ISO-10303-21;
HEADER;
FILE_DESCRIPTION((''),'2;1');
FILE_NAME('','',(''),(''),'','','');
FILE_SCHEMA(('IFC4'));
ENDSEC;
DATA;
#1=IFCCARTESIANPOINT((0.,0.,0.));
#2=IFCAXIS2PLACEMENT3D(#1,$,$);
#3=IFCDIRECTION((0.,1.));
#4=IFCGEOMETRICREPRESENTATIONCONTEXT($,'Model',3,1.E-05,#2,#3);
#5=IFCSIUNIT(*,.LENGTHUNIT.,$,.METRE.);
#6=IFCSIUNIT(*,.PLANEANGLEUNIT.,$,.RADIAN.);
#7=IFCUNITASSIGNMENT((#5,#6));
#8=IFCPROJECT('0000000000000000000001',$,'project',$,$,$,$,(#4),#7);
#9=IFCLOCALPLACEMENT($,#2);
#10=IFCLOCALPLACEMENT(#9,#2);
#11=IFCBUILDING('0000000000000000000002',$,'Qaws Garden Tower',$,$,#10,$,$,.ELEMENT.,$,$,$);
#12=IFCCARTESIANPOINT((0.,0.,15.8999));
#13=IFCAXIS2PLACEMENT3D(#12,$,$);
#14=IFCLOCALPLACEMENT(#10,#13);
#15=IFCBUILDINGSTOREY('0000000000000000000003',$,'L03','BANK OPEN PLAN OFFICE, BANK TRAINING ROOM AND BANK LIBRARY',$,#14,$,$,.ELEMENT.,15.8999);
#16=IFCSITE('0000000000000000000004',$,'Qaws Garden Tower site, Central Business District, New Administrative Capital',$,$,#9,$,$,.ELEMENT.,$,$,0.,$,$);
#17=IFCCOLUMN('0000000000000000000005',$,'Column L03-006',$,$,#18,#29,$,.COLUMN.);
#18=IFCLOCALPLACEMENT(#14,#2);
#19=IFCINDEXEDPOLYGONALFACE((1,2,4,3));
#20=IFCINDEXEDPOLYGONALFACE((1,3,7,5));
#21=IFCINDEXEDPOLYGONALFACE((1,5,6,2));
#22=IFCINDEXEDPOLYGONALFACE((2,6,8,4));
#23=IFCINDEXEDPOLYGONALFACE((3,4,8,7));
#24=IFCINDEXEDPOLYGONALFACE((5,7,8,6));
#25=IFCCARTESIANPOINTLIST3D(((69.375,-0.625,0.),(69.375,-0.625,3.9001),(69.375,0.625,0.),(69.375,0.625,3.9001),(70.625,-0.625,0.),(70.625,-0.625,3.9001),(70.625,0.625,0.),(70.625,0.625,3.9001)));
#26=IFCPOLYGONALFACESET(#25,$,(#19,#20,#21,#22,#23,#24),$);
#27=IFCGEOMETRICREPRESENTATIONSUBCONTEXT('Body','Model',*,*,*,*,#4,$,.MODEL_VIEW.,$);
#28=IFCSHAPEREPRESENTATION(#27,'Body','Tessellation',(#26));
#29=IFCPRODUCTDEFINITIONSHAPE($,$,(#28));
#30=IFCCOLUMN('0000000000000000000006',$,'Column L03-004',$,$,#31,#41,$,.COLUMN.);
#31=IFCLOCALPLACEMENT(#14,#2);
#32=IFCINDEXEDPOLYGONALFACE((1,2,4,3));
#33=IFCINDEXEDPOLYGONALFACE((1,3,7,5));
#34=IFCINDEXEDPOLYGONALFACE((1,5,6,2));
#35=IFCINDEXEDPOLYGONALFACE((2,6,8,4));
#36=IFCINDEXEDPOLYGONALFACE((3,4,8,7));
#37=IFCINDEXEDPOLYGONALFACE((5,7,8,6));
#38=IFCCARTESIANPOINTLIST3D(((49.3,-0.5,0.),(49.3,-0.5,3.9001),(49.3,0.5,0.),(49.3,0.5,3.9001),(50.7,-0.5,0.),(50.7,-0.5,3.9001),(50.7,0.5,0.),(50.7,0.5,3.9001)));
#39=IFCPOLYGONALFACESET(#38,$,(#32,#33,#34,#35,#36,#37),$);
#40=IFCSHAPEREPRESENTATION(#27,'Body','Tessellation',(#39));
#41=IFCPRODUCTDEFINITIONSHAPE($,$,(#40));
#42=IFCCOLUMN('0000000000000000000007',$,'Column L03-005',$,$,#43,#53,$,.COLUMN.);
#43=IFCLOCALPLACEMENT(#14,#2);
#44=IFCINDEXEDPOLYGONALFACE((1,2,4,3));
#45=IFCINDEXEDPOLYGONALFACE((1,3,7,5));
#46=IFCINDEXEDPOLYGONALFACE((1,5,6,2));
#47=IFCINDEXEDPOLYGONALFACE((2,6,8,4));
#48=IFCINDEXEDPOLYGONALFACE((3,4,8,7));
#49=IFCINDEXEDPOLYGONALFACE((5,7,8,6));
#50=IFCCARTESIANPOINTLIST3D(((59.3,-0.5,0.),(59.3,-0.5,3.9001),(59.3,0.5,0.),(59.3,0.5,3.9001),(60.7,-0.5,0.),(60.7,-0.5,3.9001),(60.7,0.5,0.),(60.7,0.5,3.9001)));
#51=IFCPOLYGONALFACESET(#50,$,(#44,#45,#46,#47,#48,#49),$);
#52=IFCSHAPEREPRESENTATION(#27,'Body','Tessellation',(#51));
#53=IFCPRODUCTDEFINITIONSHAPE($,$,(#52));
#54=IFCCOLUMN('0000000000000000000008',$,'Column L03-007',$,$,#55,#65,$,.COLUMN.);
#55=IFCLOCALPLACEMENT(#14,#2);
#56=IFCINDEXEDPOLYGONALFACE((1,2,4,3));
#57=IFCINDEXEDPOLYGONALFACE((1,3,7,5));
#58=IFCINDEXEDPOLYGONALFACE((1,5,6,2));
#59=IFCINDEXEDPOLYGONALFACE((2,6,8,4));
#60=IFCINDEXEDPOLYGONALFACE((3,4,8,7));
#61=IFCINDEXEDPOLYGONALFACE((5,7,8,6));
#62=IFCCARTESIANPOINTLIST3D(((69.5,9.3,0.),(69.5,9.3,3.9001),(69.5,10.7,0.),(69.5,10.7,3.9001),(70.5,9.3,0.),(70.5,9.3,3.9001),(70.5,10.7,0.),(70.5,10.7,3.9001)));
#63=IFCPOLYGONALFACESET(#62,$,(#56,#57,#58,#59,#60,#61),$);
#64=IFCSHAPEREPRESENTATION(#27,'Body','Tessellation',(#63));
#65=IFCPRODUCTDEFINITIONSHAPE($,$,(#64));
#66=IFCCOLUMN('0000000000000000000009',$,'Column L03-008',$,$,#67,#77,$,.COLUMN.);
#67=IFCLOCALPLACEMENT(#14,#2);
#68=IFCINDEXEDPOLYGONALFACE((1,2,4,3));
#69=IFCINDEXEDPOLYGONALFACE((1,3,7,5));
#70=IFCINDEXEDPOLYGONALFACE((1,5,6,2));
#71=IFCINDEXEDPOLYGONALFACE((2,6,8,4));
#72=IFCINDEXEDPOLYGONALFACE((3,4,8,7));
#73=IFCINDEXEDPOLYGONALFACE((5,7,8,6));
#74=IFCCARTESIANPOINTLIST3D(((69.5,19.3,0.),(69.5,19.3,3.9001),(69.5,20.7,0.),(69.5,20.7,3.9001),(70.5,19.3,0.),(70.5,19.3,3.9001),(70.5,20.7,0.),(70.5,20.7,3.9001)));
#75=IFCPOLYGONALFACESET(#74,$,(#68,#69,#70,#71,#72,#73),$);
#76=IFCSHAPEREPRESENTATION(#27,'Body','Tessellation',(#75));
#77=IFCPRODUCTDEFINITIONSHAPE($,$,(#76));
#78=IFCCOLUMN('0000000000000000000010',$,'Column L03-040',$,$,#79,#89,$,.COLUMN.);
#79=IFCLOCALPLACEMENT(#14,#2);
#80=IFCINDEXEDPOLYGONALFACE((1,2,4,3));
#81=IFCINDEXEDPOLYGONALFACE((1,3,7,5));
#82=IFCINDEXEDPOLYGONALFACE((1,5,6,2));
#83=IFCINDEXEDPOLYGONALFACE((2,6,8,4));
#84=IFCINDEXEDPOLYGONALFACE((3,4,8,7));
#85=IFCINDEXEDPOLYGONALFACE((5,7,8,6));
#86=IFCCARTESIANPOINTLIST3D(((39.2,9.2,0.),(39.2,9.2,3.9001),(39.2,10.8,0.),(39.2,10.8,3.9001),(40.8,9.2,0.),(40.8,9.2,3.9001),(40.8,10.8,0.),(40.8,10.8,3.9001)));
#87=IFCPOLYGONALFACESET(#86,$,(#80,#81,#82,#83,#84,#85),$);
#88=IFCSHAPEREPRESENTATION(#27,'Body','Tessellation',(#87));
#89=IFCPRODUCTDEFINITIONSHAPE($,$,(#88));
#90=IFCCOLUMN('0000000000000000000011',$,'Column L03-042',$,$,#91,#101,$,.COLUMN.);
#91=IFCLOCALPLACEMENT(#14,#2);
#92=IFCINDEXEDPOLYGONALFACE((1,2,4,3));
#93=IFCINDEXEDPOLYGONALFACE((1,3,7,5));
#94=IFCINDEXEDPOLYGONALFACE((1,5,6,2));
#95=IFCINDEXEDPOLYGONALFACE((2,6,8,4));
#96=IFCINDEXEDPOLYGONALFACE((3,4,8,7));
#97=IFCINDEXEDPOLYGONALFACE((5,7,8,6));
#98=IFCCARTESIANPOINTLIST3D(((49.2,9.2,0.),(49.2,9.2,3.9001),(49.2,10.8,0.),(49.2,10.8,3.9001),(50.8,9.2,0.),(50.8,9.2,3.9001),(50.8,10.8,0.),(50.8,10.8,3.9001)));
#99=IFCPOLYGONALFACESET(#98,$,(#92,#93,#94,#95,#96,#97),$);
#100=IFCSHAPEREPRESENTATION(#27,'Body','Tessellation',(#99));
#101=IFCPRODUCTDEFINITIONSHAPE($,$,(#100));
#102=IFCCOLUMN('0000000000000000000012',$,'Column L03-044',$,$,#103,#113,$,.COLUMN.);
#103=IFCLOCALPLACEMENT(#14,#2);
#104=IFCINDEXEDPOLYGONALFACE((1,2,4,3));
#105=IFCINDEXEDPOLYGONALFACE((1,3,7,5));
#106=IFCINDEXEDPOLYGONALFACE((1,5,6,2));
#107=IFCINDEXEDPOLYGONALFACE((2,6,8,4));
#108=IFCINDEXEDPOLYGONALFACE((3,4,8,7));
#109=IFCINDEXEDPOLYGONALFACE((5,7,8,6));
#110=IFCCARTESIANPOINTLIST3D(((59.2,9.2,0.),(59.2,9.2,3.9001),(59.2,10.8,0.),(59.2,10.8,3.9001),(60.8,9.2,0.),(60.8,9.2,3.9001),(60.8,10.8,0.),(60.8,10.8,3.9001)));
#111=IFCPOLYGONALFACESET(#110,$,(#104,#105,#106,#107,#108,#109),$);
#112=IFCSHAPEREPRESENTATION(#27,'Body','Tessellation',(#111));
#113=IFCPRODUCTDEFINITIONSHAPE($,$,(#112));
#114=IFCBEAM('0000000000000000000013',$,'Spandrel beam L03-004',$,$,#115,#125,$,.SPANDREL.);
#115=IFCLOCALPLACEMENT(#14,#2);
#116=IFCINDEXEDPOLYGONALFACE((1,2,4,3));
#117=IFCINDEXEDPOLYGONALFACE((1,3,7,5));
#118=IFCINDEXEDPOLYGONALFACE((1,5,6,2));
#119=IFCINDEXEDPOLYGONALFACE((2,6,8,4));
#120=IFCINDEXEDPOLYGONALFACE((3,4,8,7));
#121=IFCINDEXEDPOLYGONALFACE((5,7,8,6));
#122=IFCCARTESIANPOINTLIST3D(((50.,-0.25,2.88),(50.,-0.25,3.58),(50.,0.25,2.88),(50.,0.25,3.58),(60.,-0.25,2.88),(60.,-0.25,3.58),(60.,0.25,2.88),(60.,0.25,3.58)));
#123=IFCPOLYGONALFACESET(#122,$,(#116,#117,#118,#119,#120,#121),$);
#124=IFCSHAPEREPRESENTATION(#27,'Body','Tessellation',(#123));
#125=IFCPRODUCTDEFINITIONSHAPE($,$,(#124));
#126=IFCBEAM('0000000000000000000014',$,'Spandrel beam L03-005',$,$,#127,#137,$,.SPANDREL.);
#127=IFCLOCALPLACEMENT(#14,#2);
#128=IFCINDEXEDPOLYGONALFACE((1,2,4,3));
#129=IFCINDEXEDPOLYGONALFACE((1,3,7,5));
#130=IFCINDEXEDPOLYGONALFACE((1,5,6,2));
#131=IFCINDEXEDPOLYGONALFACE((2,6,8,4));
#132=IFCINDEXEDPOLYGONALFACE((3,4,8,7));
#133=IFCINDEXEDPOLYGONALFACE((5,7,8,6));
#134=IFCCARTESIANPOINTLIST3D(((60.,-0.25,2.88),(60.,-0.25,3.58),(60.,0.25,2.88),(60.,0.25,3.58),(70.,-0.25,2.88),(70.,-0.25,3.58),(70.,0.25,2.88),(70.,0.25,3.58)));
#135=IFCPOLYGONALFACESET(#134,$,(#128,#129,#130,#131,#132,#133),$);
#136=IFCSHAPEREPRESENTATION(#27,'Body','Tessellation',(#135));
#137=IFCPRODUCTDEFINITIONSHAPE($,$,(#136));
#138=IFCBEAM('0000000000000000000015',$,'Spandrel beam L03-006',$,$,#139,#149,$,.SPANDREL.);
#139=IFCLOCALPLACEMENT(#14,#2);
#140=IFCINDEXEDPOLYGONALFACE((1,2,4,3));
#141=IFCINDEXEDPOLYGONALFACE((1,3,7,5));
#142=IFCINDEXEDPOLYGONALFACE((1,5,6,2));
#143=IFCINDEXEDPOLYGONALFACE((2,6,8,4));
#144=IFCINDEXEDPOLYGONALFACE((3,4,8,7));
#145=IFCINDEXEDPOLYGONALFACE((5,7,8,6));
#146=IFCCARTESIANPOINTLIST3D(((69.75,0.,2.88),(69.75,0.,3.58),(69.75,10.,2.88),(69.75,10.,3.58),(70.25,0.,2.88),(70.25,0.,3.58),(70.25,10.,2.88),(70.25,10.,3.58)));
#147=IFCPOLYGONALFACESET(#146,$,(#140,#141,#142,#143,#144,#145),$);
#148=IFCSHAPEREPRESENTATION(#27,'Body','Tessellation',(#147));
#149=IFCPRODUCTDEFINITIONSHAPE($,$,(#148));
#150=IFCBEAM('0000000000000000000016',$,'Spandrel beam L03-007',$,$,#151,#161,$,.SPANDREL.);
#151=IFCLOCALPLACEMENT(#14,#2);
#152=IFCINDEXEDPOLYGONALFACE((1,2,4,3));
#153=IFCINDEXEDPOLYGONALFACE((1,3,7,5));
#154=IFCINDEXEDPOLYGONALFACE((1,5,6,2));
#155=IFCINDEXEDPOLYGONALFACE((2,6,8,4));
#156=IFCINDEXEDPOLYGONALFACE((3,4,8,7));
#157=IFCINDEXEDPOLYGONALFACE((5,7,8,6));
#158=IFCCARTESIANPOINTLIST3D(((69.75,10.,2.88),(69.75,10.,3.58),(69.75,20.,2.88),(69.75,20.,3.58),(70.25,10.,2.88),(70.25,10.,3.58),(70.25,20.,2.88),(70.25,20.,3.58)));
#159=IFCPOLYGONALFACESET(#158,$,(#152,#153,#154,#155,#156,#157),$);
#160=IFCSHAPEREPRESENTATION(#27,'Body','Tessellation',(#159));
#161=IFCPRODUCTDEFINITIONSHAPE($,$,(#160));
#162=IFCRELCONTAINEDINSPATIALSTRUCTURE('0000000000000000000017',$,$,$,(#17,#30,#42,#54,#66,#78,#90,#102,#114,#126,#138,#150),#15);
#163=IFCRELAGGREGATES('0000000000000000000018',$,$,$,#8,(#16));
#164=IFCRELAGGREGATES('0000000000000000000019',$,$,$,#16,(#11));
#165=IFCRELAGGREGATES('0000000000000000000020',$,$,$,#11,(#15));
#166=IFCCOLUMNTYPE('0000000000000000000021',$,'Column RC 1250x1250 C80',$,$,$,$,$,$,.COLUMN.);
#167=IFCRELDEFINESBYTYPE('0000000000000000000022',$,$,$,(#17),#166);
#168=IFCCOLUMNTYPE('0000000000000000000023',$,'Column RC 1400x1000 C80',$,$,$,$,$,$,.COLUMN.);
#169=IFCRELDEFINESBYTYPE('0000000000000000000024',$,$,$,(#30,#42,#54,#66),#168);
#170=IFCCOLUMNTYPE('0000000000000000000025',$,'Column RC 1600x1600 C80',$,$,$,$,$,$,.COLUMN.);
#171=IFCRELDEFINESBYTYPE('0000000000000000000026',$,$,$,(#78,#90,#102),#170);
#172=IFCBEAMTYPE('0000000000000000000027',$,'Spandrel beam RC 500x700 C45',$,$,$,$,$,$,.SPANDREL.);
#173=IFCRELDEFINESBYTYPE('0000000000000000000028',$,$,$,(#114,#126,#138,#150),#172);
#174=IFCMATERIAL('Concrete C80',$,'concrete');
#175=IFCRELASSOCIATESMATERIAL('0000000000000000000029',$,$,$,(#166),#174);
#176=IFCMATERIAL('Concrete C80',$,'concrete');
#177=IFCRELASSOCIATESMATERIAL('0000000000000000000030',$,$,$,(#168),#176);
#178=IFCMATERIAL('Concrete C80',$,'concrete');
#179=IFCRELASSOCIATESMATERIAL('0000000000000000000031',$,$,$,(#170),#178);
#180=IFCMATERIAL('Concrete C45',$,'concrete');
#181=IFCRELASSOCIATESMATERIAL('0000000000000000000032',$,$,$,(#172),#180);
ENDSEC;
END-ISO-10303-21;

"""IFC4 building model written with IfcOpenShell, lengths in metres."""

from ifc_helpers import new_model, si_unit, direction, frame, origin, origin_2d, place, context, subcontext, project, spatial, rectangle, extrude, material, material_profile, profile_set, type_object, element, save


model = new_model("IFC4")

# Units and contexts
model_context = context("Model", 3, precision=1e-05, world=origin(), true_north=direction((0.0, 1.0)))
body_context = subcontext(model_context, "Body", "Model", "MODEL_VIEW")
ifc_project = project(units=[si_unit("LENGTHUNIT", "METRE"), si_unit("PLANEANGLEUNIT", "RADIAN")], contexts=[model_context])

# Site, building, storey
site_placement = place(None, origin())
site = spatial("IfcSite", under=ifc_project, at=site_placement, Name="Qaws Garden Tower site, Central Business District, New Administrative Capital", CompositionType="ELEMENT", RefElevation=0.0)
building_placement = place(site_placement, origin())
building = spatial("IfcBuilding", under=site, at=building_placement, Name="Qaws Garden Tower", CompositionType="ELEMENT")
storey_placement = place(building_placement, frame((0.0, 0.0, 15.8999)))
storey = spatial("IfcBuildingStorey", under=building, at=storey_placement, Name="L03", Description="BANK OPEN PLAN OFFICE, BANK TRAINING ROOM AND BANK LIBRARY", CompositionType="ELEMENT", Elevation=15.8999)

# Columns
ifc_material_1 = material(Name="Concrete C80", Category="concrete")
ifc_material_profile_1 = material_profile(ifc_material_1, rectangle(XDim=1.25, YDim=1.25, at=origin_2d()), Name="RC 1250x1250")
ifc_profile_set_1 = profile_set([ifc_material_profile_1], Name="Concrete C80")
column_type_1 = type_object("IfcColumnType", Name="Column RC 1250x1250 C80", PredefinedType="COLUMN", material=ifc_profile_set_1)
column_placement = place(storey_placement, frame((70.0, 0.0, 0.0), z_axis=(0.0, 0.0, 1.0), x_axis=(1.0, 0.0, 0.0)))
element("IfcColumn", 1, at=column_placement, inside=storey, type_object=column_type_1, Name="Column L03-006", PredefinedType="COLUMN", context=body_context, shape_type="SweptSolid", body=[
    extrude(rectangle(XDim=1.25, YDim=1.25, at=origin_2d()), origin(), (0.0, 0.0, 1.0), 3.9001),
])
ifc_material_2 = material(Name="Concrete C80", Category="concrete")
ifc_material_profile_2 = material_profile(ifc_material_2, rectangle(XDim=1.3999, YDim=1.0, at=origin_2d()), Name="RC 1400x1000")
ifc_profile_set_2 = profile_set([ifc_material_profile_2], Name="Concrete C80")
column_type_2 = type_object("IfcColumnType", Name="Column RC 1400x1000 C80", PredefinedType="COLUMN", material=ifc_profile_set_2)
for number, where, z_axis, x_axis, name in (
    (2, (50.0, 0.0, 0.0), (0.0, 0.0, 1.0), (1.0, 0.0, 0.0), "Column L03-004"),
    (3, (60.0, 0.0, 0.0), (0.0, 0.0, 1.0), (1.0, 0.0, 0.0), "Column L03-005"),
    (4, (70.0, 10.0, 0.0), (0.0, 0.0, 1.0), (0.0, 1.0, 0.0), "Column L03-007"),
    (5, (70.0, 20.0, 0.0), (0.0, 0.0, 1.0), (0.0, 1.0, 0.0), "Column L03-008"),
):
    element("IfcColumn", number, at=place(storey_placement, frame(where, z_axis=z_axis, x_axis=x_axis)), inside=storey, type_object=column_type_2, Name=name, PredefinedType="COLUMN", context=body_context, shape_type="SweptSolid", body=[
        extrude(rectangle(XDim=1.3999, YDim=1.0, at=origin_2d()), origin(), (0.0, 0.0, 1.0), 3.9001),
    ])
ifc_material_3 = material(Name="Concrete C80", Category="concrete")
ifc_material_profile_3 = material_profile(ifc_material_3, rectangle(XDim=1.6001, YDim=1.6001, at=origin_2d()), Name="RC 1600x1600")
ifc_profile_set_3 = profile_set([ifc_material_profile_3], Name="Concrete C80")
column_type_3 = type_object("IfcColumnType", Name="Column RC 1600x1600 C80", PredefinedType="COLUMN", material=ifc_profile_set_3)
for number, where, z_axis, x_axis, name in (
    (6, (40.0, 10.0, 0.0), (0.0, 0.0, 1.0), (1.0, 0.0, 0.0), "Column L03-040"),
    (7, (50.0, 10.0, 0.0), (0.0, 0.0, 1.0), (1.0, 0.0, 0.0), "Column L03-042"),
    (8, (60.0, 10.0, 0.0), (0.0, 0.0, 1.0), (1.0, 0.0, 0.0), "Column L03-044"),
):
    element("IfcColumn", number, at=place(storey_placement, frame(where, z_axis=z_axis, x_axis=x_axis)), inside=storey, type_object=column_type_3, Name=name, PredefinedType="COLUMN", context=body_context, shape_type="SweptSolid", body=[
        extrude(rectangle(XDim=1.6001, YDim=1.6001, at=origin_2d()), origin(), (0.0, 0.0, 1.0), 3.9001),
    ])

# Beams
ifc_material_4 = material(Name="Concrete C45", Category="concrete")
ifc_material_profile_4 = material_profile(ifc_material_4, rectangle(XDim=0.5, YDim=0.7, at=origin_2d()), Name="RC 500x700")
ifc_profile_set_4 = profile_set([ifc_material_profile_4], Name="Concrete C45")
beam_type = type_object("IfcBeamType", Name="Spandrel beam RC 500x700 C45", PredefinedType="SPANDREL", material=ifc_profile_set_4)
for number, where, z_axis, x_axis, name in (
    (9, (50.0, 0.0, 3.23), (1.0, 0.0, 0.0), (0.0, 1.0, 0.0), "Spandrel beam L03-004"),
    (10, (60.0, 0.0, 3.23), (1.0, 0.0, 0.0), (0.0, 1.0, 0.0), "Spandrel beam L03-005"),
    (11, (70.0, 0.0, 3.23), (0.0, 1.0, 0.0), (-1.0, 0.0, 0.0), "Spandrel beam L03-006"),
    (12, (70.0, 10.0, 3.23), (0.0, 1.0, 0.0), (-1.0, 0.0, 0.0), "Spandrel beam L03-007"),
):
    element("IfcBeam", number, at=place(storey_placement, frame(where, z_axis=z_axis, x_axis=x_axis)), inside=storey, type_object=beam_type, Name=name, PredefinedType="SPANDREL", context=body_context, shape_type="SweptSolid", body=[
        extrude(rectangle(XDim=0.5, YDim=0.7, at=origin_2d()), origin(), (0.0, 0.0, 1.0), 10.0),
    ])

save(model, "model.ifc")
